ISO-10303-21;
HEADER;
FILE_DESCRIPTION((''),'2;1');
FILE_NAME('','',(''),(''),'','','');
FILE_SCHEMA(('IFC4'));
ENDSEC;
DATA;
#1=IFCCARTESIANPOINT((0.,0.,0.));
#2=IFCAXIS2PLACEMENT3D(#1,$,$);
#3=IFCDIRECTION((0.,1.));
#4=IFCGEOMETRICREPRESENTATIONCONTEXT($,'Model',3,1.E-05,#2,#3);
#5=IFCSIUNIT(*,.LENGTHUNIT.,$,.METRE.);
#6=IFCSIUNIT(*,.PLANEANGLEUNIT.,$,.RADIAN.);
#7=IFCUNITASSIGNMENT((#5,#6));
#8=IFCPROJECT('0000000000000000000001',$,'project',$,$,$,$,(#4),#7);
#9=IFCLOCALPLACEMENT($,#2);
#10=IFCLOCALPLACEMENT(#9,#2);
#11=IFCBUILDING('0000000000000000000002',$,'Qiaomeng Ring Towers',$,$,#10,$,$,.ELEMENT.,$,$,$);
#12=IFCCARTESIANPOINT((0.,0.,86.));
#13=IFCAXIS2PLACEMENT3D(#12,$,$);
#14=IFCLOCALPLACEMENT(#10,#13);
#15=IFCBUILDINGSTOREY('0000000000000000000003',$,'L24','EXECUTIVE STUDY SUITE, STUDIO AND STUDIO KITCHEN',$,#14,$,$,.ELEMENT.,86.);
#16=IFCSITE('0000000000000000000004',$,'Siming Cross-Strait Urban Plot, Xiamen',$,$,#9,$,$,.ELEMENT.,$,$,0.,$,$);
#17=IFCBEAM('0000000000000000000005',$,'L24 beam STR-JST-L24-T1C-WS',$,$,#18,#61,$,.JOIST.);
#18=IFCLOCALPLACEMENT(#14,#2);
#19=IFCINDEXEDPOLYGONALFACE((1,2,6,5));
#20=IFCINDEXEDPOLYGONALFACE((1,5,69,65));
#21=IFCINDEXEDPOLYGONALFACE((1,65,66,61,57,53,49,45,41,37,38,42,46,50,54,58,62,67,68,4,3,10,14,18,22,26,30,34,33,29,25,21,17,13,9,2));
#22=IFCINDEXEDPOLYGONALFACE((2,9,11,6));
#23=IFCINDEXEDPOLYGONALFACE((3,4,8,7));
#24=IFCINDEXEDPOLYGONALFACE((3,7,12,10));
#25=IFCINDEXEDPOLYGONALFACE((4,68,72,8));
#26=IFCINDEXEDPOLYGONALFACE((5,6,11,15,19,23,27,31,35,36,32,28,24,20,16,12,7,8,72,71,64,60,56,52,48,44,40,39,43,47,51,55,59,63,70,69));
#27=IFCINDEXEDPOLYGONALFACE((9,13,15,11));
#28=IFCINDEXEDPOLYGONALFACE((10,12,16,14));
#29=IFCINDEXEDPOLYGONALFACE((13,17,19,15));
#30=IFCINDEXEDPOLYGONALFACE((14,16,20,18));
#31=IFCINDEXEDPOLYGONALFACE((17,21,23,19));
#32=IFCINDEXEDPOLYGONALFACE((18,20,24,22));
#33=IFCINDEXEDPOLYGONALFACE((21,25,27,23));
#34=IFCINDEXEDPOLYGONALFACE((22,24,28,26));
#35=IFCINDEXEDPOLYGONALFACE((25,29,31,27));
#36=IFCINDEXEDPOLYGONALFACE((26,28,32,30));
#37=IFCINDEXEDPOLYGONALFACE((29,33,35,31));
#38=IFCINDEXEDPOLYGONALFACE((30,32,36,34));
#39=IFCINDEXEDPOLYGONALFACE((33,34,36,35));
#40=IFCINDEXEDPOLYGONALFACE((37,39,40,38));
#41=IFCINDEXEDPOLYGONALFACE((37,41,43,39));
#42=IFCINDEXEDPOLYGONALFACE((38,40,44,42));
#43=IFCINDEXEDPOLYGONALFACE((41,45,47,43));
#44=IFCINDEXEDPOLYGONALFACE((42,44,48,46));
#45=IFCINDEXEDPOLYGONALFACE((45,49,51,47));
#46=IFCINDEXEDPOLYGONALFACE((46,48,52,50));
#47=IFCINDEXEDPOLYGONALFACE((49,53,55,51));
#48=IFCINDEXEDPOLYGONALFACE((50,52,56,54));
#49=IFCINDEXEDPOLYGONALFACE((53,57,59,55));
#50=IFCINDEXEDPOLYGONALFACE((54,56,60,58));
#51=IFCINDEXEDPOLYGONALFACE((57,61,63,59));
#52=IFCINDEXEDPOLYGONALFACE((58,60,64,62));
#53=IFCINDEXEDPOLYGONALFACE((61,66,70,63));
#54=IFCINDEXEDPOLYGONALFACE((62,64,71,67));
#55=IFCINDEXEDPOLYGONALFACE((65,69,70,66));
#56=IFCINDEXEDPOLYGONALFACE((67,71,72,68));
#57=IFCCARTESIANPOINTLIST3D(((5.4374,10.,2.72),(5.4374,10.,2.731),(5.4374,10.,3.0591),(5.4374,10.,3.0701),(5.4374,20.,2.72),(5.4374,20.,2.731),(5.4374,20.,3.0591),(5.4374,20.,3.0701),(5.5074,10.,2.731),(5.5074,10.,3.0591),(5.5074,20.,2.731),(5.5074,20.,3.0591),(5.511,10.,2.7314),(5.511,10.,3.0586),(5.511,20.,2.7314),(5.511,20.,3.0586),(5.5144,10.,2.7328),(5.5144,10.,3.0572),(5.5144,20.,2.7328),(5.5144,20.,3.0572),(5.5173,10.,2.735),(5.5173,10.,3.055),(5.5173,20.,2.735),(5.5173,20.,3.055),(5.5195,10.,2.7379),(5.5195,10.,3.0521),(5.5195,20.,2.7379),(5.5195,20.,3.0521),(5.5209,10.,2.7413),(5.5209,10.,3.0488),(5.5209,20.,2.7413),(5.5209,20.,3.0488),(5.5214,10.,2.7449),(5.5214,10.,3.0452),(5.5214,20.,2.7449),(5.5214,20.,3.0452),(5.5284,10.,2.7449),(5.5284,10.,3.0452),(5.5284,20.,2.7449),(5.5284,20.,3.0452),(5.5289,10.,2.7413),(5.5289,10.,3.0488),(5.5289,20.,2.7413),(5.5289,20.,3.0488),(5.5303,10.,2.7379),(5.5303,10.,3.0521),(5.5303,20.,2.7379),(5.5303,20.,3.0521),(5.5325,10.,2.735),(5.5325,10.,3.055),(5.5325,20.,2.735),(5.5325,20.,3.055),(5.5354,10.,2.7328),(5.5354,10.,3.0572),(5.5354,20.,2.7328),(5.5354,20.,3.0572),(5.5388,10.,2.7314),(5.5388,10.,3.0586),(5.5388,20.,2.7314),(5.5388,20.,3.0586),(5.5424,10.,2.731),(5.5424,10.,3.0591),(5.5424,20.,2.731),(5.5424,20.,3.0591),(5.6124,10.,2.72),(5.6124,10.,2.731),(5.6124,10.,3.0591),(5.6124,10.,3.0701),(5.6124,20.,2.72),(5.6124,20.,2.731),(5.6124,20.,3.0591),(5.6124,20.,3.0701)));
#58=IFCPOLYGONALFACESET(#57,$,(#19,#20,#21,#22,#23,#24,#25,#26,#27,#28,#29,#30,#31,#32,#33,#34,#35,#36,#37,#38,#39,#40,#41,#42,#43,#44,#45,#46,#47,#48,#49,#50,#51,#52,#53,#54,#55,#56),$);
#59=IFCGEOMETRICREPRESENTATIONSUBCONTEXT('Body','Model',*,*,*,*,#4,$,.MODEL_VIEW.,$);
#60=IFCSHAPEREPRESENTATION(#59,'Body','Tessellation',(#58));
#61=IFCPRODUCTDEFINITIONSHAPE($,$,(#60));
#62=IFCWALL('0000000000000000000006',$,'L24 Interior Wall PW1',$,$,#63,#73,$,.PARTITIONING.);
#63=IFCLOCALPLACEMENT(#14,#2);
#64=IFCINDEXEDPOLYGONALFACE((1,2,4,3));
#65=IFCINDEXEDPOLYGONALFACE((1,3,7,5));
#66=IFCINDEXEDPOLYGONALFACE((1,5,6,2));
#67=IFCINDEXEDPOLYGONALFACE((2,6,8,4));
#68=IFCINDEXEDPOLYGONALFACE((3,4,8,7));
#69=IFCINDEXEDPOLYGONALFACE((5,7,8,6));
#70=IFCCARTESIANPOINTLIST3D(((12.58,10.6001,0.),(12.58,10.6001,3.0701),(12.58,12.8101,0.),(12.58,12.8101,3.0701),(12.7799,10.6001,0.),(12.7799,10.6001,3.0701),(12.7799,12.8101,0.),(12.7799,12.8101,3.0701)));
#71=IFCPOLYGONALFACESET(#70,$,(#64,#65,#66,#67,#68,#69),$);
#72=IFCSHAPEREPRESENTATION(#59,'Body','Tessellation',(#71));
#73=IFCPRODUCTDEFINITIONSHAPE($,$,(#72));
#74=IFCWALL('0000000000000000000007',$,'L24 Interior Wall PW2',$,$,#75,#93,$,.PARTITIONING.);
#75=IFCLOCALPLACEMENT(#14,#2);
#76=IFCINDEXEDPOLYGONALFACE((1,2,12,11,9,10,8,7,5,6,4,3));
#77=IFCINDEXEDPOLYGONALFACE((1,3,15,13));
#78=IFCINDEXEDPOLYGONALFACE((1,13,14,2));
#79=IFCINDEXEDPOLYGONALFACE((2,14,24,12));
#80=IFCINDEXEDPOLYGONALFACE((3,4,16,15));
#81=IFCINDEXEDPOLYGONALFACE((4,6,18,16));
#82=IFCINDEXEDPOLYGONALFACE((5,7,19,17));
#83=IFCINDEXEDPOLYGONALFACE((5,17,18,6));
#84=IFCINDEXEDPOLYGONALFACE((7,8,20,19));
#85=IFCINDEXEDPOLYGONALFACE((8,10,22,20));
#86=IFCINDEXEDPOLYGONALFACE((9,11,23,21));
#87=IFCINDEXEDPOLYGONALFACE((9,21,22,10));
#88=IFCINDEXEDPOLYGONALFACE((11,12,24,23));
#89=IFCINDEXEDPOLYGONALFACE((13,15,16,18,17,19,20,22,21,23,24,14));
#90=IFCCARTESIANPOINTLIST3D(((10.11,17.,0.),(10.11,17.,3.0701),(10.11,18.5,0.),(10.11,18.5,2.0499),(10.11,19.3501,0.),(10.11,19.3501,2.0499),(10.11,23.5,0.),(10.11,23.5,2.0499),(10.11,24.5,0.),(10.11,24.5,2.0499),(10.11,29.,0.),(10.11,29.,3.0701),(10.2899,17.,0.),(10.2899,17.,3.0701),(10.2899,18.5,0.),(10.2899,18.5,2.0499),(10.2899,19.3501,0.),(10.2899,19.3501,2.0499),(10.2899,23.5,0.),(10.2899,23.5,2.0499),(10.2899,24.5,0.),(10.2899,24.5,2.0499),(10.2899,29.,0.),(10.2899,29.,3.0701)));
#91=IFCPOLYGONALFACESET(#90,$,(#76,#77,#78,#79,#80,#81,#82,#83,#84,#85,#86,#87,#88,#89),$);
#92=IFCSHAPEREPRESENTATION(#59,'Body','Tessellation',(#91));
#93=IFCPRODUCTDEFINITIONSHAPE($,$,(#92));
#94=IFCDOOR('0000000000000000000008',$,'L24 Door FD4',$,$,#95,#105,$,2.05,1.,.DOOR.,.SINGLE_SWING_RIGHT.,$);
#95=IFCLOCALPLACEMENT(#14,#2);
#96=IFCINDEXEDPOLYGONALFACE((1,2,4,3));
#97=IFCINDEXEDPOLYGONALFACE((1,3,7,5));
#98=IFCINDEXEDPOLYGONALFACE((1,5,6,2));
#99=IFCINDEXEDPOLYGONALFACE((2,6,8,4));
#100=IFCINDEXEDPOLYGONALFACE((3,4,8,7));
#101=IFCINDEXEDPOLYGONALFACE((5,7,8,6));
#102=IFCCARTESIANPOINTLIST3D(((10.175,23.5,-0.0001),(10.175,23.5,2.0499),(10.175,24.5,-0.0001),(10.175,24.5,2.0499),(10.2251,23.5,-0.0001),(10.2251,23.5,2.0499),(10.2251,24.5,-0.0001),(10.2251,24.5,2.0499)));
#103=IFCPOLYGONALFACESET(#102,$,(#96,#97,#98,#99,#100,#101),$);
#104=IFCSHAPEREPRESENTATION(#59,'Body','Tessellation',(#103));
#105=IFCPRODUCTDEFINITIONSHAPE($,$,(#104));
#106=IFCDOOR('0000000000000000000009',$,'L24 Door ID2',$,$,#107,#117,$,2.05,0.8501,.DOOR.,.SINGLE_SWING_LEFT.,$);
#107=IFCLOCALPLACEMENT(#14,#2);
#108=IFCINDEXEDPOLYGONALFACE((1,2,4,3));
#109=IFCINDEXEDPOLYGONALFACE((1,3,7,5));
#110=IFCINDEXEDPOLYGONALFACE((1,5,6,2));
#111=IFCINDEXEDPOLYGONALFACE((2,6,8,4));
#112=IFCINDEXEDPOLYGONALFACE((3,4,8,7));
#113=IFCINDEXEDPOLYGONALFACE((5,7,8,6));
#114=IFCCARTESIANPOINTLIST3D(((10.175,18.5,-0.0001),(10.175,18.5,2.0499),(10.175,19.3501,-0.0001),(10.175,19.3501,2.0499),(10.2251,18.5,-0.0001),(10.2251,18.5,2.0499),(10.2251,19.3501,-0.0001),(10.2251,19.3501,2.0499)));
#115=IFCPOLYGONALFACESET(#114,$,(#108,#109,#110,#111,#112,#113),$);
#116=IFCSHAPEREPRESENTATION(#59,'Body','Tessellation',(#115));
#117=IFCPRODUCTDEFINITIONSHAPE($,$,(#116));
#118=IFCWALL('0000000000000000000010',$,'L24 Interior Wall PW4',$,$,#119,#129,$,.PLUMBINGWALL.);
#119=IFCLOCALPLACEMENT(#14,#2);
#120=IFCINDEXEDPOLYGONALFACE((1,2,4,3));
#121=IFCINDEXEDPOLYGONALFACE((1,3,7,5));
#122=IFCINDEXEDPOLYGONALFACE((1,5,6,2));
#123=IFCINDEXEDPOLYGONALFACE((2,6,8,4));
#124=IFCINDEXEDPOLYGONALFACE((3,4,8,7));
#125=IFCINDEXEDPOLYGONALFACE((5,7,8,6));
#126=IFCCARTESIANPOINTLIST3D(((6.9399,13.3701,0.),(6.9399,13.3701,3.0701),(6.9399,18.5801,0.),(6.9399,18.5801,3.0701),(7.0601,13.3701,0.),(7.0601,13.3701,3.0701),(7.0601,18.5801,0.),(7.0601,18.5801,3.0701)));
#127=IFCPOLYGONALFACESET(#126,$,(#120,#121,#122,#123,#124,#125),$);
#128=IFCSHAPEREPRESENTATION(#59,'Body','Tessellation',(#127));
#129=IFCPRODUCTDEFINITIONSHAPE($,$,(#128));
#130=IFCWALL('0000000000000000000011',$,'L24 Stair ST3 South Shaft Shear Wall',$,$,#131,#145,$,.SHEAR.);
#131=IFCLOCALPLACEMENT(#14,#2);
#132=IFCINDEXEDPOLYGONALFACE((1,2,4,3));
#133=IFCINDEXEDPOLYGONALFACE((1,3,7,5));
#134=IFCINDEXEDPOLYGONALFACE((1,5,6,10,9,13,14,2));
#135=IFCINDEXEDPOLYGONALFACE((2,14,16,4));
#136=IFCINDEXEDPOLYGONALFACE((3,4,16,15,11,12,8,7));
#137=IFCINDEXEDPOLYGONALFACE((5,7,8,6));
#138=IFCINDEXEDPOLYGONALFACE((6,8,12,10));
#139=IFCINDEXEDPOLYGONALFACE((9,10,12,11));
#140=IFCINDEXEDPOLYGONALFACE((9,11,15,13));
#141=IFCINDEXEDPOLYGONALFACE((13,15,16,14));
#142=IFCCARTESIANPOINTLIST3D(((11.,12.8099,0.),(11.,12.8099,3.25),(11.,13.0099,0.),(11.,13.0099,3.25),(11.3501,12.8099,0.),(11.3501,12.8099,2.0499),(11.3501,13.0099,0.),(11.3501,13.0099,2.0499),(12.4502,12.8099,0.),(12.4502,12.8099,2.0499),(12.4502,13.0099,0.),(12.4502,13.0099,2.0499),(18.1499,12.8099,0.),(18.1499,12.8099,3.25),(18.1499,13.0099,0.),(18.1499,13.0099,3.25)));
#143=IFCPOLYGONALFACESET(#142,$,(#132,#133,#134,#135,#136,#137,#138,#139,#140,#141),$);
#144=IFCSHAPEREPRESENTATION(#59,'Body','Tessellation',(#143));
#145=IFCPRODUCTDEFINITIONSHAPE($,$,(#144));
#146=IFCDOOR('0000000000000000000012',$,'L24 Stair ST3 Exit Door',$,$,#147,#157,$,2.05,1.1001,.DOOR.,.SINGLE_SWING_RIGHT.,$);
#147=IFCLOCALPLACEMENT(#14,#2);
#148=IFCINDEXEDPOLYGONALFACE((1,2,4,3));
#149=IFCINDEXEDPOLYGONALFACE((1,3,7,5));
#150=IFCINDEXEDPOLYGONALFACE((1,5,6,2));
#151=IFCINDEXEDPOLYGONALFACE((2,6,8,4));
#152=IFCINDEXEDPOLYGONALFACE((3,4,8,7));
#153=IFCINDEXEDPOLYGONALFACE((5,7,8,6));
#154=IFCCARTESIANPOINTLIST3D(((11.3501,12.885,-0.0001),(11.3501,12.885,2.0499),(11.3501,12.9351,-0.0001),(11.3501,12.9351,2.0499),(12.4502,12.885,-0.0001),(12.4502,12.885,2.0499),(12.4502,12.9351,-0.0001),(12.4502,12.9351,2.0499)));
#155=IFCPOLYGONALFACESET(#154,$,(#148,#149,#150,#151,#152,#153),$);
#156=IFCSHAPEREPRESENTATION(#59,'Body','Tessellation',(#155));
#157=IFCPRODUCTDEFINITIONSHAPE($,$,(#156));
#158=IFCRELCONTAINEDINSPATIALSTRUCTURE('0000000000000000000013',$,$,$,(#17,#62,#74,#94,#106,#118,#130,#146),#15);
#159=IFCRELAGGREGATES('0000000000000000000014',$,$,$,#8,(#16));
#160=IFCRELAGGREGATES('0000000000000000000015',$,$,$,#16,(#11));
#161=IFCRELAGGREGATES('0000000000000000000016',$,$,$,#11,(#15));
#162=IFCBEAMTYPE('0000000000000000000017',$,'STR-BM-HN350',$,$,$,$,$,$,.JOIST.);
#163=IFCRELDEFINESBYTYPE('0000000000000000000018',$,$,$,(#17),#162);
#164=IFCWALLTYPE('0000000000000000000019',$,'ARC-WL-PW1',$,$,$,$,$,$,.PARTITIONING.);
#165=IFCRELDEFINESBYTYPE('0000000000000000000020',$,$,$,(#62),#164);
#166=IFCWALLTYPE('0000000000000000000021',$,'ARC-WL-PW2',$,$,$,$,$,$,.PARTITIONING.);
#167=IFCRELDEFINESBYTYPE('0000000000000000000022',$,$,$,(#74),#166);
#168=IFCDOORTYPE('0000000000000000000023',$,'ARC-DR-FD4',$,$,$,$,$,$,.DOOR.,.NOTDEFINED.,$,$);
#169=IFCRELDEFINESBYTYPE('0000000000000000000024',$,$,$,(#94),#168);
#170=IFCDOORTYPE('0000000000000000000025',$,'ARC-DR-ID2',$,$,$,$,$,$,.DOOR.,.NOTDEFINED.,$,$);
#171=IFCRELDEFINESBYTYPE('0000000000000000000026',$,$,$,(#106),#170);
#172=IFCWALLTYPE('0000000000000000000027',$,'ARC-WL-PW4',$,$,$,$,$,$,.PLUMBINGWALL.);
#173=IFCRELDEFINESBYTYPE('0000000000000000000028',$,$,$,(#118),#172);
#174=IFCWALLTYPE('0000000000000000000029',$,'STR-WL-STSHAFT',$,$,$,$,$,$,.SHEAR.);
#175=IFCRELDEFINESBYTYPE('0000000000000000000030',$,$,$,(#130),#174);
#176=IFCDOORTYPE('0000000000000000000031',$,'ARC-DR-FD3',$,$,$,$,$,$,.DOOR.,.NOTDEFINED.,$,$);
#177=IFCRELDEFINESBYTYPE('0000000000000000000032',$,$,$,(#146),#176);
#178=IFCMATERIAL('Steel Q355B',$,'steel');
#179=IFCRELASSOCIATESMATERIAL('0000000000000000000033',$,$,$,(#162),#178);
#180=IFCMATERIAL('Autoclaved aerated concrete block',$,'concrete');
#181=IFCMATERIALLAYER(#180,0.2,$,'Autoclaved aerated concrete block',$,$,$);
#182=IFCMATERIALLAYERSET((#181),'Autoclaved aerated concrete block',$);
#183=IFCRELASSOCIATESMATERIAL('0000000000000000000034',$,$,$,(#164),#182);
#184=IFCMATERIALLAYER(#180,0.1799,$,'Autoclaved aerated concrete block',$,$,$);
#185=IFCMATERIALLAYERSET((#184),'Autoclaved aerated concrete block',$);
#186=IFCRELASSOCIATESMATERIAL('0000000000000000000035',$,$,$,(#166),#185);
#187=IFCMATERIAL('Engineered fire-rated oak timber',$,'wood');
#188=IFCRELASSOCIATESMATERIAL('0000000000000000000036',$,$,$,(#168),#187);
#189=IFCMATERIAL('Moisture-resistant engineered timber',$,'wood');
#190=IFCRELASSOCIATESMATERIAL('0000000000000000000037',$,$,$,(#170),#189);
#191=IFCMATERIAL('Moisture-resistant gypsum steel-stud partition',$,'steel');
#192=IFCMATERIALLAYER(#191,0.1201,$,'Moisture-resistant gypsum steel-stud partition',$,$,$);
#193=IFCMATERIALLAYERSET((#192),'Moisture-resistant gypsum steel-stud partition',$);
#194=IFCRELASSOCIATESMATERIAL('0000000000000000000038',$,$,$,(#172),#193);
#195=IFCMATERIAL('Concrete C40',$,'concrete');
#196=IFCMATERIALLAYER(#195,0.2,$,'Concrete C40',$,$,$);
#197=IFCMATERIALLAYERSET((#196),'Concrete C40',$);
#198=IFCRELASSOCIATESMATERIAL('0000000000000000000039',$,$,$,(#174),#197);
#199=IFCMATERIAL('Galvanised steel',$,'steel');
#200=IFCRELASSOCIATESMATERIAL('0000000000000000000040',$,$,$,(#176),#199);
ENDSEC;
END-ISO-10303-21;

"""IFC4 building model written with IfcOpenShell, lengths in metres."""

from ifc_helpers import new_model, si_unit, direction, frame, frame_2d, origin, origin_2d, place, context, subcontext, project, spatial, rectangle, i_section, extrude, source, transform, mapped, material, layer, layer_set, material_profile, profile_set, type_object, element, fill, save


model = new_model("IFC4")

# Units and contexts
model_context = context("Model", 3, precision=1e-05, world=origin(), true_north=direction((0.0, 1.0)))
body_context = subcontext(model_context, "Body", "Model", "MODEL_VIEW")
ifc_project = project(units=[si_unit("LENGTHUNIT", "METRE"), si_unit("PLANEANGLEUNIT", "RADIAN")], contexts=[model_context])

# Site, building, storey
site_placement = place(None, origin())
site = spatial("IfcSite", under=ifc_project, at=site_placement, Name="Siming Cross-Strait Urban Plot, Xiamen", CompositionType="ELEMENT", RefElevation=0.0)
building_placement = place(site_placement, origin())
building = spatial("IfcBuilding", under=site, at=building_placement, Name="Qiaomeng Ring Towers", CompositionType="ELEMENT")
storey_placement = place(building_placement, frame((0.0, 0.0, 86.0)))
storey = spatial("IfcBuildingStorey", under=building, at=storey_placement, Name="L24", Description="EXECUTIVE STUDY SUITE, STUDIO AND STUDIO KITCHEN", CompositionType="ELEMENT", Elevation=86.0)

# Beam
ifc_material_1 = material(Name="Steel Q355B", Category="steel")
ifc_material_profile = material_profile(ifc_material_1, i_section(OverallWidth=0.175, OverallDepth=0.3501, WebThickness=0.0071, FlangeThickness=0.011, FilletRadius=0.0139, at=origin_2d()), Name="HN 350x175x7x11")
ifc_profile_set = profile_set([ifc_material_profile], Name="Steel Q355B")
beam_type = type_object("IfcBeamType", Name="STR-BM-HN350", PredefinedType="JOIST", material=ifc_profile_set)
shared_shape_1 = source(origin(), body_context, "Body", "SweptSolid", [
    extrude(i_section(OverallWidth=0.175, OverallDepth=0.3501, WebThickness=0.0071, FlangeThickness=0.011, FilletRadius=0.0139, at=origin_2d()), origin(), (0.0, 0.0, 1.0), 10.0),
])
beam_placement = place(storey_placement, frame((5.5249, 10.0, 2.895), z_axis=(0.0, 1.0, 0.0), x_axis=(-1.0, 0.0, 0.0)))
element("IfcBeam", 1, at=beam_placement, inside=storey, type_object=beam_type, Name="L24 beam STR-JST-L24-T1C-WS", PredefinedType="JOIST", context=body_context, shape_type="MappedRepresentation", body=[
    mapped(shared_shape_1, transform((0.0, 0.0, 0.0), x_axis=(1.0, 0.0, 0.0), y_axis=(0.0, 1.0, 0.0), z_axis=(0.0, 0.0, 1.0), scale=1.0)),
])

# Wall
ifc_material_2 = material(Name="Autoclaved aerated concrete block", Category="concrete")
ifc_layer_1 = layer(ifc_material_2, 0.2, Name="Autoclaved aerated concrete block")
ifc_layer_set_1 = layer_set([ifc_layer_1], Name="Autoclaved aerated concrete block")
wall_type_1 = type_object("IfcWallType", Name="ARC-WL-PW1", PredefinedType="PARTITIONING", material=ifc_layer_set_1)
wall_1_placement = place(storey_placement, frame((12.6799, 10.6001, 0.0), z_axis=(0.0, 0.0, 1.0), x_axis=(0.0, 1.0, 0.0)))
element("IfcWall", 2, at=wall_1_placement, inside=storey, type_object=wall_type_1, Name="L24 Interior Wall PW1", PredefinedType="PARTITIONING", context=body_context, shape_type="SweptSolid", body=[
    extrude(rectangle(XDim=2.21, YDim=0.2, at=frame_2d((1.105, 0.0))), origin(), (0.0, 0.0, 1.0), 3.0701),
])

# Wall, openings, doors
ifc_layer_2 = layer(ifc_material_2, 0.1799, Name="Autoclaved aerated concrete block")
ifc_layer_set_2 = layer_set([ifc_layer_2], Name="Autoclaved aerated concrete block")
wall_type_2 = type_object("IfcWallType", Name="ARC-WL-PW2", PredefinedType="PARTITIONING", material=ifc_layer_set_2)
wall_2_placement = place(storey_placement, frame((10.2, 17.0, 0.0), z_axis=(0.0, 0.0, 1.0), x_axis=(0.0, 1.0, 0.0)))
wall_2 = element("IfcWall", 3, at=wall_2_placement, inside=storey, type_object=wall_type_2, Name="L24 Interior Wall PW2", PredefinedType="PARTITIONING", context=body_context, shape_type="SweptSolid", body=[
    extrude(rectangle(XDim=12.0, YDim=0.1799, at=frame_2d((6.0, 0.0))), origin(), (0.0, 0.0, 1.0), 3.0701),
])
opening_1_placement = place(wall_2_placement, frame((1.5, 0.0, 0.0)))
opening_1 = element("IfcOpeningElement", 4, at=opening_1_placement, cuts=wall_2, PredefinedType="OPENING", context=body_context, shape_type="SweptSolid", body=[
    extrude(rectangle(XDim=0.8501, YDim=2.05, at=frame_2d((0.425, 1.0249))), frame((0.0, 0.0999, 0.0), z_axis=(0.0, -1.0, 0.0), x_axis=(1.0, 0.0, 0.0)), (0.0, 0.0, 1.0), 0.2),
])
opening_2_placement = place(wall_2_placement, frame((6.5, 0.0, 0.0)))
opening_2 = element("IfcOpeningElement", 5, at=opening_2_placement, cuts=wall_2, PredefinedType="OPENING", context=body_context, shape_type="SweptSolid", body=[
    extrude(rectangle(XDim=1.0, YDim=2.05, at=frame_2d((0.5, 1.0249))), frame((0.0, 0.0999, 0.0), z_axis=(0.0, -1.0, 0.0), x_axis=(1.0, 0.0, 0.0)), (0.0, 0.0, 1.0), 0.2),
])
ifc_material_3 = material(Name="Engineered fire-rated oak timber", Category="wood")
door_type_1 = type_object("IfcDoorType", Name="ARC-DR-FD4", OperationType="NOTDEFINED", PredefinedType="DOOR", material=ifc_material_3)
shared_shape_2 = source(origin(), body_context, "Body", "SweptSolid", [
    extrude(rectangle(XDim=1.0, YDim=2.05, at=frame_2d((0.5, 1.0249))), frame((0.0, 0.0249, 0.0), z_axis=(0.0, -1.0, 0.0), x_axis=(1.0, 0.0, 0.0)), (0.0, 0.0, 1.0), 0.05),
])
door_1_placement = place(opening_2_placement, origin())
door_1 = element("IfcDoor", 6, at=door_1_placement, inside=storey, type_object=door_type_1, Name="L24 Door FD4", OperationType="SINGLE_SWING_RIGHT", OverallHeight=2.05, OverallWidth=1.0, PredefinedType="DOOR", context=body_context, shape_type="MappedRepresentation", body=[
    mapped(shared_shape_2, transform((0.0, 0.0, 0.0), x_axis=(1.0, 0.0, 0.0), y_axis=(0.0, 1.0, 0.0), z_axis=(0.0, 0.0, 1.0), scale=1.0)),
])
fill(opening_2, door_1)
ifc_material_4 = material(Name="Moisture-resistant engineered timber", Category="wood")
door_type_2 = type_object("IfcDoorType", Name="ARC-DR-ID2", OperationType="NOTDEFINED", PredefinedType="DOOR", material=ifc_material_4)
shared_shape_3 = source(origin(), body_context, "Body", "SweptSolid", [
    extrude(rectangle(XDim=0.8501, YDim=2.05, at=frame_2d((0.425, 1.0249))), frame((0.0, 0.0249, 0.0), z_axis=(0.0, -1.0, 0.0), x_axis=(1.0, 0.0, 0.0)), (0.0, 0.0, 1.0), 0.05),
])
door_2_placement = place(opening_1_placement, origin())
door_2 = element("IfcDoor", 7, at=door_2_placement, inside=storey, type_object=door_type_2, Name="L24 Door ID2", OperationType="SINGLE_SWING_LEFT", OverallHeight=2.05, OverallWidth=0.8501, PredefinedType="DOOR", context=body_context, shape_type="MappedRepresentation", body=[
    mapped(shared_shape_3, transform((0.0, 0.0, 0.0), x_axis=(1.0, 0.0, 0.0), y_axis=(0.0, 1.0, 0.0), z_axis=(0.0, 0.0, 1.0), scale=1.0)),
])
fill(opening_1, door_2)

# Wall
ifc_material_5 = material(Name="Moisture-resistant gypsum steel-stud partition", Category="steel")
ifc_layer_3 = layer(ifc_material_5, 0.1201, Name="Moisture-resistant gypsum steel-stud partition")
ifc_layer_set_3 = layer_set([ifc_layer_3], Name="Moisture-resistant gypsum steel-stud partition")
wall_type_3 = type_object("IfcWallType", Name="ARC-WL-PW4", PredefinedType="PLUMBINGWALL", material=ifc_layer_set_3)
wall_3_placement = place(storey_placement, frame((7.0, 13.3701, 0.0), z_axis=(0.0, 0.0, 1.0), x_axis=(0.0, 1.0, 0.0)))
element("IfcWall", 8, at=wall_3_placement, inside=storey, type_object=wall_type_3, Name="L24 Interior Wall PW4", PredefinedType="PLUMBINGWALL", context=body_context, shape_type="SweptSolid", body=[
    extrude(rectangle(XDim=5.21, YDim=0.1201, at=frame_2d((2.605, 0.0))), origin(), (0.0, 0.0, 1.0), 3.0701),
])

# Wall, opening, door
ifc_material_6 = material(Name="Concrete C40", Category="concrete")
ifc_layer_4 = layer(ifc_material_6, 0.2, Name="Concrete C40")
ifc_layer_set_4 = layer_set([ifc_layer_4], Name="Concrete C40")
wall_type_4 = type_object("IfcWallType", Name="STR-WL-STSHAFT", PredefinedType="SHEAR", material=ifc_layer_set_4)
wall_4_placement = place(storey_placement, frame((11.0, 12.9099, 0.0), z_axis=(0.0, 0.0, 1.0), x_axis=(1.0, 0.0, 0.0)))
wall_4 = element("IfcWall", 9, at=wall_4_placement, inside=storey, type_object=wall_type_4, Name="L24 Stair ST3 South Shaft Shear Wall", PredefinedType="SHEAR", context=body_context, shape_type="SweptSolid", body=[
    extrude(rectangle(XDim=7.1499, YDim=0.2, at=frame_2d((3.575, 0.0))), origin(), (0.0, 0.0, 1.0), 3.25),
])
opening_3_placement = place(wall_4_placement, frame((0.3501, 0.0, 0.0)))
opening_3 = element("IfcOpeningElement", 10, at=opening_3_placement, cuts=wall_4, PredefinedType="OPENING", context=body_context, shape_type="SweptSolid", body=[
    extrude(rectangle(XDim=1.1001, YDim=2.05, at=frame_2d((0.55, 1.0249))), frame((0.0, 0.1099, 0.0), z_axis=(0.0, -1.0, 0.0), x_axis=(1.0, 0.0, 0.0)), (0.0, 0.0, 1.0), 0.22),
])
ifc_material_7 = material(Name="Galvanised steel", Category="steel")
door_type_3 = type_object("IfcDoorType", Name="ARC-DR-FD3", OperationType="NOTDEFINED", PredefinedType="DOOR", material=ifc_material_7)
shared_shape_4 = source(origin(), body_context, "Body", "SweptSolid", [
    extrude(rectangle(XDim=1.1001, YDim=2.05, at=frame_2d((0.55, 1.0249))), frame((0.0, 0.0249, 0.0), z_axis=(0.0, -1.0, 0.0), x_axis=(1.0, 0.0, 0.0)), (0.0, 0.0, 1.0), 0.05),
])
door_3_placement = place(opening_3_placement, frame((1.1001, 0.0, 0.0), z_axis=(0.0, 0.0, 1.0), x_axis=(-1.0, 0.0, 0.0)))
door_3 = element("IfcDoor", 11, at=door_3_placement, inside=storey, type_object=door_type_3, Name="L24 Stair ST3 Exit Door", OperationType="SINGLE_SWING_RIGHT", OverallHeight=2.05, OverallWidth=1.1001, PredefinedType="DOOR", context=body_context, shape_type="MappedRepresentation", body=[
    mapped(shared_shape_4, transform((0.0, 0.0, 0.0), x_axis=(1.0, 0.0, 0.0), y_axis=(0.0, 1.0, 0.0), z_axis=(0.0, 0.0, 1.0), scale=1.0)),
])
fill(opening_3, door_3)

save(model, "model.ifc")
